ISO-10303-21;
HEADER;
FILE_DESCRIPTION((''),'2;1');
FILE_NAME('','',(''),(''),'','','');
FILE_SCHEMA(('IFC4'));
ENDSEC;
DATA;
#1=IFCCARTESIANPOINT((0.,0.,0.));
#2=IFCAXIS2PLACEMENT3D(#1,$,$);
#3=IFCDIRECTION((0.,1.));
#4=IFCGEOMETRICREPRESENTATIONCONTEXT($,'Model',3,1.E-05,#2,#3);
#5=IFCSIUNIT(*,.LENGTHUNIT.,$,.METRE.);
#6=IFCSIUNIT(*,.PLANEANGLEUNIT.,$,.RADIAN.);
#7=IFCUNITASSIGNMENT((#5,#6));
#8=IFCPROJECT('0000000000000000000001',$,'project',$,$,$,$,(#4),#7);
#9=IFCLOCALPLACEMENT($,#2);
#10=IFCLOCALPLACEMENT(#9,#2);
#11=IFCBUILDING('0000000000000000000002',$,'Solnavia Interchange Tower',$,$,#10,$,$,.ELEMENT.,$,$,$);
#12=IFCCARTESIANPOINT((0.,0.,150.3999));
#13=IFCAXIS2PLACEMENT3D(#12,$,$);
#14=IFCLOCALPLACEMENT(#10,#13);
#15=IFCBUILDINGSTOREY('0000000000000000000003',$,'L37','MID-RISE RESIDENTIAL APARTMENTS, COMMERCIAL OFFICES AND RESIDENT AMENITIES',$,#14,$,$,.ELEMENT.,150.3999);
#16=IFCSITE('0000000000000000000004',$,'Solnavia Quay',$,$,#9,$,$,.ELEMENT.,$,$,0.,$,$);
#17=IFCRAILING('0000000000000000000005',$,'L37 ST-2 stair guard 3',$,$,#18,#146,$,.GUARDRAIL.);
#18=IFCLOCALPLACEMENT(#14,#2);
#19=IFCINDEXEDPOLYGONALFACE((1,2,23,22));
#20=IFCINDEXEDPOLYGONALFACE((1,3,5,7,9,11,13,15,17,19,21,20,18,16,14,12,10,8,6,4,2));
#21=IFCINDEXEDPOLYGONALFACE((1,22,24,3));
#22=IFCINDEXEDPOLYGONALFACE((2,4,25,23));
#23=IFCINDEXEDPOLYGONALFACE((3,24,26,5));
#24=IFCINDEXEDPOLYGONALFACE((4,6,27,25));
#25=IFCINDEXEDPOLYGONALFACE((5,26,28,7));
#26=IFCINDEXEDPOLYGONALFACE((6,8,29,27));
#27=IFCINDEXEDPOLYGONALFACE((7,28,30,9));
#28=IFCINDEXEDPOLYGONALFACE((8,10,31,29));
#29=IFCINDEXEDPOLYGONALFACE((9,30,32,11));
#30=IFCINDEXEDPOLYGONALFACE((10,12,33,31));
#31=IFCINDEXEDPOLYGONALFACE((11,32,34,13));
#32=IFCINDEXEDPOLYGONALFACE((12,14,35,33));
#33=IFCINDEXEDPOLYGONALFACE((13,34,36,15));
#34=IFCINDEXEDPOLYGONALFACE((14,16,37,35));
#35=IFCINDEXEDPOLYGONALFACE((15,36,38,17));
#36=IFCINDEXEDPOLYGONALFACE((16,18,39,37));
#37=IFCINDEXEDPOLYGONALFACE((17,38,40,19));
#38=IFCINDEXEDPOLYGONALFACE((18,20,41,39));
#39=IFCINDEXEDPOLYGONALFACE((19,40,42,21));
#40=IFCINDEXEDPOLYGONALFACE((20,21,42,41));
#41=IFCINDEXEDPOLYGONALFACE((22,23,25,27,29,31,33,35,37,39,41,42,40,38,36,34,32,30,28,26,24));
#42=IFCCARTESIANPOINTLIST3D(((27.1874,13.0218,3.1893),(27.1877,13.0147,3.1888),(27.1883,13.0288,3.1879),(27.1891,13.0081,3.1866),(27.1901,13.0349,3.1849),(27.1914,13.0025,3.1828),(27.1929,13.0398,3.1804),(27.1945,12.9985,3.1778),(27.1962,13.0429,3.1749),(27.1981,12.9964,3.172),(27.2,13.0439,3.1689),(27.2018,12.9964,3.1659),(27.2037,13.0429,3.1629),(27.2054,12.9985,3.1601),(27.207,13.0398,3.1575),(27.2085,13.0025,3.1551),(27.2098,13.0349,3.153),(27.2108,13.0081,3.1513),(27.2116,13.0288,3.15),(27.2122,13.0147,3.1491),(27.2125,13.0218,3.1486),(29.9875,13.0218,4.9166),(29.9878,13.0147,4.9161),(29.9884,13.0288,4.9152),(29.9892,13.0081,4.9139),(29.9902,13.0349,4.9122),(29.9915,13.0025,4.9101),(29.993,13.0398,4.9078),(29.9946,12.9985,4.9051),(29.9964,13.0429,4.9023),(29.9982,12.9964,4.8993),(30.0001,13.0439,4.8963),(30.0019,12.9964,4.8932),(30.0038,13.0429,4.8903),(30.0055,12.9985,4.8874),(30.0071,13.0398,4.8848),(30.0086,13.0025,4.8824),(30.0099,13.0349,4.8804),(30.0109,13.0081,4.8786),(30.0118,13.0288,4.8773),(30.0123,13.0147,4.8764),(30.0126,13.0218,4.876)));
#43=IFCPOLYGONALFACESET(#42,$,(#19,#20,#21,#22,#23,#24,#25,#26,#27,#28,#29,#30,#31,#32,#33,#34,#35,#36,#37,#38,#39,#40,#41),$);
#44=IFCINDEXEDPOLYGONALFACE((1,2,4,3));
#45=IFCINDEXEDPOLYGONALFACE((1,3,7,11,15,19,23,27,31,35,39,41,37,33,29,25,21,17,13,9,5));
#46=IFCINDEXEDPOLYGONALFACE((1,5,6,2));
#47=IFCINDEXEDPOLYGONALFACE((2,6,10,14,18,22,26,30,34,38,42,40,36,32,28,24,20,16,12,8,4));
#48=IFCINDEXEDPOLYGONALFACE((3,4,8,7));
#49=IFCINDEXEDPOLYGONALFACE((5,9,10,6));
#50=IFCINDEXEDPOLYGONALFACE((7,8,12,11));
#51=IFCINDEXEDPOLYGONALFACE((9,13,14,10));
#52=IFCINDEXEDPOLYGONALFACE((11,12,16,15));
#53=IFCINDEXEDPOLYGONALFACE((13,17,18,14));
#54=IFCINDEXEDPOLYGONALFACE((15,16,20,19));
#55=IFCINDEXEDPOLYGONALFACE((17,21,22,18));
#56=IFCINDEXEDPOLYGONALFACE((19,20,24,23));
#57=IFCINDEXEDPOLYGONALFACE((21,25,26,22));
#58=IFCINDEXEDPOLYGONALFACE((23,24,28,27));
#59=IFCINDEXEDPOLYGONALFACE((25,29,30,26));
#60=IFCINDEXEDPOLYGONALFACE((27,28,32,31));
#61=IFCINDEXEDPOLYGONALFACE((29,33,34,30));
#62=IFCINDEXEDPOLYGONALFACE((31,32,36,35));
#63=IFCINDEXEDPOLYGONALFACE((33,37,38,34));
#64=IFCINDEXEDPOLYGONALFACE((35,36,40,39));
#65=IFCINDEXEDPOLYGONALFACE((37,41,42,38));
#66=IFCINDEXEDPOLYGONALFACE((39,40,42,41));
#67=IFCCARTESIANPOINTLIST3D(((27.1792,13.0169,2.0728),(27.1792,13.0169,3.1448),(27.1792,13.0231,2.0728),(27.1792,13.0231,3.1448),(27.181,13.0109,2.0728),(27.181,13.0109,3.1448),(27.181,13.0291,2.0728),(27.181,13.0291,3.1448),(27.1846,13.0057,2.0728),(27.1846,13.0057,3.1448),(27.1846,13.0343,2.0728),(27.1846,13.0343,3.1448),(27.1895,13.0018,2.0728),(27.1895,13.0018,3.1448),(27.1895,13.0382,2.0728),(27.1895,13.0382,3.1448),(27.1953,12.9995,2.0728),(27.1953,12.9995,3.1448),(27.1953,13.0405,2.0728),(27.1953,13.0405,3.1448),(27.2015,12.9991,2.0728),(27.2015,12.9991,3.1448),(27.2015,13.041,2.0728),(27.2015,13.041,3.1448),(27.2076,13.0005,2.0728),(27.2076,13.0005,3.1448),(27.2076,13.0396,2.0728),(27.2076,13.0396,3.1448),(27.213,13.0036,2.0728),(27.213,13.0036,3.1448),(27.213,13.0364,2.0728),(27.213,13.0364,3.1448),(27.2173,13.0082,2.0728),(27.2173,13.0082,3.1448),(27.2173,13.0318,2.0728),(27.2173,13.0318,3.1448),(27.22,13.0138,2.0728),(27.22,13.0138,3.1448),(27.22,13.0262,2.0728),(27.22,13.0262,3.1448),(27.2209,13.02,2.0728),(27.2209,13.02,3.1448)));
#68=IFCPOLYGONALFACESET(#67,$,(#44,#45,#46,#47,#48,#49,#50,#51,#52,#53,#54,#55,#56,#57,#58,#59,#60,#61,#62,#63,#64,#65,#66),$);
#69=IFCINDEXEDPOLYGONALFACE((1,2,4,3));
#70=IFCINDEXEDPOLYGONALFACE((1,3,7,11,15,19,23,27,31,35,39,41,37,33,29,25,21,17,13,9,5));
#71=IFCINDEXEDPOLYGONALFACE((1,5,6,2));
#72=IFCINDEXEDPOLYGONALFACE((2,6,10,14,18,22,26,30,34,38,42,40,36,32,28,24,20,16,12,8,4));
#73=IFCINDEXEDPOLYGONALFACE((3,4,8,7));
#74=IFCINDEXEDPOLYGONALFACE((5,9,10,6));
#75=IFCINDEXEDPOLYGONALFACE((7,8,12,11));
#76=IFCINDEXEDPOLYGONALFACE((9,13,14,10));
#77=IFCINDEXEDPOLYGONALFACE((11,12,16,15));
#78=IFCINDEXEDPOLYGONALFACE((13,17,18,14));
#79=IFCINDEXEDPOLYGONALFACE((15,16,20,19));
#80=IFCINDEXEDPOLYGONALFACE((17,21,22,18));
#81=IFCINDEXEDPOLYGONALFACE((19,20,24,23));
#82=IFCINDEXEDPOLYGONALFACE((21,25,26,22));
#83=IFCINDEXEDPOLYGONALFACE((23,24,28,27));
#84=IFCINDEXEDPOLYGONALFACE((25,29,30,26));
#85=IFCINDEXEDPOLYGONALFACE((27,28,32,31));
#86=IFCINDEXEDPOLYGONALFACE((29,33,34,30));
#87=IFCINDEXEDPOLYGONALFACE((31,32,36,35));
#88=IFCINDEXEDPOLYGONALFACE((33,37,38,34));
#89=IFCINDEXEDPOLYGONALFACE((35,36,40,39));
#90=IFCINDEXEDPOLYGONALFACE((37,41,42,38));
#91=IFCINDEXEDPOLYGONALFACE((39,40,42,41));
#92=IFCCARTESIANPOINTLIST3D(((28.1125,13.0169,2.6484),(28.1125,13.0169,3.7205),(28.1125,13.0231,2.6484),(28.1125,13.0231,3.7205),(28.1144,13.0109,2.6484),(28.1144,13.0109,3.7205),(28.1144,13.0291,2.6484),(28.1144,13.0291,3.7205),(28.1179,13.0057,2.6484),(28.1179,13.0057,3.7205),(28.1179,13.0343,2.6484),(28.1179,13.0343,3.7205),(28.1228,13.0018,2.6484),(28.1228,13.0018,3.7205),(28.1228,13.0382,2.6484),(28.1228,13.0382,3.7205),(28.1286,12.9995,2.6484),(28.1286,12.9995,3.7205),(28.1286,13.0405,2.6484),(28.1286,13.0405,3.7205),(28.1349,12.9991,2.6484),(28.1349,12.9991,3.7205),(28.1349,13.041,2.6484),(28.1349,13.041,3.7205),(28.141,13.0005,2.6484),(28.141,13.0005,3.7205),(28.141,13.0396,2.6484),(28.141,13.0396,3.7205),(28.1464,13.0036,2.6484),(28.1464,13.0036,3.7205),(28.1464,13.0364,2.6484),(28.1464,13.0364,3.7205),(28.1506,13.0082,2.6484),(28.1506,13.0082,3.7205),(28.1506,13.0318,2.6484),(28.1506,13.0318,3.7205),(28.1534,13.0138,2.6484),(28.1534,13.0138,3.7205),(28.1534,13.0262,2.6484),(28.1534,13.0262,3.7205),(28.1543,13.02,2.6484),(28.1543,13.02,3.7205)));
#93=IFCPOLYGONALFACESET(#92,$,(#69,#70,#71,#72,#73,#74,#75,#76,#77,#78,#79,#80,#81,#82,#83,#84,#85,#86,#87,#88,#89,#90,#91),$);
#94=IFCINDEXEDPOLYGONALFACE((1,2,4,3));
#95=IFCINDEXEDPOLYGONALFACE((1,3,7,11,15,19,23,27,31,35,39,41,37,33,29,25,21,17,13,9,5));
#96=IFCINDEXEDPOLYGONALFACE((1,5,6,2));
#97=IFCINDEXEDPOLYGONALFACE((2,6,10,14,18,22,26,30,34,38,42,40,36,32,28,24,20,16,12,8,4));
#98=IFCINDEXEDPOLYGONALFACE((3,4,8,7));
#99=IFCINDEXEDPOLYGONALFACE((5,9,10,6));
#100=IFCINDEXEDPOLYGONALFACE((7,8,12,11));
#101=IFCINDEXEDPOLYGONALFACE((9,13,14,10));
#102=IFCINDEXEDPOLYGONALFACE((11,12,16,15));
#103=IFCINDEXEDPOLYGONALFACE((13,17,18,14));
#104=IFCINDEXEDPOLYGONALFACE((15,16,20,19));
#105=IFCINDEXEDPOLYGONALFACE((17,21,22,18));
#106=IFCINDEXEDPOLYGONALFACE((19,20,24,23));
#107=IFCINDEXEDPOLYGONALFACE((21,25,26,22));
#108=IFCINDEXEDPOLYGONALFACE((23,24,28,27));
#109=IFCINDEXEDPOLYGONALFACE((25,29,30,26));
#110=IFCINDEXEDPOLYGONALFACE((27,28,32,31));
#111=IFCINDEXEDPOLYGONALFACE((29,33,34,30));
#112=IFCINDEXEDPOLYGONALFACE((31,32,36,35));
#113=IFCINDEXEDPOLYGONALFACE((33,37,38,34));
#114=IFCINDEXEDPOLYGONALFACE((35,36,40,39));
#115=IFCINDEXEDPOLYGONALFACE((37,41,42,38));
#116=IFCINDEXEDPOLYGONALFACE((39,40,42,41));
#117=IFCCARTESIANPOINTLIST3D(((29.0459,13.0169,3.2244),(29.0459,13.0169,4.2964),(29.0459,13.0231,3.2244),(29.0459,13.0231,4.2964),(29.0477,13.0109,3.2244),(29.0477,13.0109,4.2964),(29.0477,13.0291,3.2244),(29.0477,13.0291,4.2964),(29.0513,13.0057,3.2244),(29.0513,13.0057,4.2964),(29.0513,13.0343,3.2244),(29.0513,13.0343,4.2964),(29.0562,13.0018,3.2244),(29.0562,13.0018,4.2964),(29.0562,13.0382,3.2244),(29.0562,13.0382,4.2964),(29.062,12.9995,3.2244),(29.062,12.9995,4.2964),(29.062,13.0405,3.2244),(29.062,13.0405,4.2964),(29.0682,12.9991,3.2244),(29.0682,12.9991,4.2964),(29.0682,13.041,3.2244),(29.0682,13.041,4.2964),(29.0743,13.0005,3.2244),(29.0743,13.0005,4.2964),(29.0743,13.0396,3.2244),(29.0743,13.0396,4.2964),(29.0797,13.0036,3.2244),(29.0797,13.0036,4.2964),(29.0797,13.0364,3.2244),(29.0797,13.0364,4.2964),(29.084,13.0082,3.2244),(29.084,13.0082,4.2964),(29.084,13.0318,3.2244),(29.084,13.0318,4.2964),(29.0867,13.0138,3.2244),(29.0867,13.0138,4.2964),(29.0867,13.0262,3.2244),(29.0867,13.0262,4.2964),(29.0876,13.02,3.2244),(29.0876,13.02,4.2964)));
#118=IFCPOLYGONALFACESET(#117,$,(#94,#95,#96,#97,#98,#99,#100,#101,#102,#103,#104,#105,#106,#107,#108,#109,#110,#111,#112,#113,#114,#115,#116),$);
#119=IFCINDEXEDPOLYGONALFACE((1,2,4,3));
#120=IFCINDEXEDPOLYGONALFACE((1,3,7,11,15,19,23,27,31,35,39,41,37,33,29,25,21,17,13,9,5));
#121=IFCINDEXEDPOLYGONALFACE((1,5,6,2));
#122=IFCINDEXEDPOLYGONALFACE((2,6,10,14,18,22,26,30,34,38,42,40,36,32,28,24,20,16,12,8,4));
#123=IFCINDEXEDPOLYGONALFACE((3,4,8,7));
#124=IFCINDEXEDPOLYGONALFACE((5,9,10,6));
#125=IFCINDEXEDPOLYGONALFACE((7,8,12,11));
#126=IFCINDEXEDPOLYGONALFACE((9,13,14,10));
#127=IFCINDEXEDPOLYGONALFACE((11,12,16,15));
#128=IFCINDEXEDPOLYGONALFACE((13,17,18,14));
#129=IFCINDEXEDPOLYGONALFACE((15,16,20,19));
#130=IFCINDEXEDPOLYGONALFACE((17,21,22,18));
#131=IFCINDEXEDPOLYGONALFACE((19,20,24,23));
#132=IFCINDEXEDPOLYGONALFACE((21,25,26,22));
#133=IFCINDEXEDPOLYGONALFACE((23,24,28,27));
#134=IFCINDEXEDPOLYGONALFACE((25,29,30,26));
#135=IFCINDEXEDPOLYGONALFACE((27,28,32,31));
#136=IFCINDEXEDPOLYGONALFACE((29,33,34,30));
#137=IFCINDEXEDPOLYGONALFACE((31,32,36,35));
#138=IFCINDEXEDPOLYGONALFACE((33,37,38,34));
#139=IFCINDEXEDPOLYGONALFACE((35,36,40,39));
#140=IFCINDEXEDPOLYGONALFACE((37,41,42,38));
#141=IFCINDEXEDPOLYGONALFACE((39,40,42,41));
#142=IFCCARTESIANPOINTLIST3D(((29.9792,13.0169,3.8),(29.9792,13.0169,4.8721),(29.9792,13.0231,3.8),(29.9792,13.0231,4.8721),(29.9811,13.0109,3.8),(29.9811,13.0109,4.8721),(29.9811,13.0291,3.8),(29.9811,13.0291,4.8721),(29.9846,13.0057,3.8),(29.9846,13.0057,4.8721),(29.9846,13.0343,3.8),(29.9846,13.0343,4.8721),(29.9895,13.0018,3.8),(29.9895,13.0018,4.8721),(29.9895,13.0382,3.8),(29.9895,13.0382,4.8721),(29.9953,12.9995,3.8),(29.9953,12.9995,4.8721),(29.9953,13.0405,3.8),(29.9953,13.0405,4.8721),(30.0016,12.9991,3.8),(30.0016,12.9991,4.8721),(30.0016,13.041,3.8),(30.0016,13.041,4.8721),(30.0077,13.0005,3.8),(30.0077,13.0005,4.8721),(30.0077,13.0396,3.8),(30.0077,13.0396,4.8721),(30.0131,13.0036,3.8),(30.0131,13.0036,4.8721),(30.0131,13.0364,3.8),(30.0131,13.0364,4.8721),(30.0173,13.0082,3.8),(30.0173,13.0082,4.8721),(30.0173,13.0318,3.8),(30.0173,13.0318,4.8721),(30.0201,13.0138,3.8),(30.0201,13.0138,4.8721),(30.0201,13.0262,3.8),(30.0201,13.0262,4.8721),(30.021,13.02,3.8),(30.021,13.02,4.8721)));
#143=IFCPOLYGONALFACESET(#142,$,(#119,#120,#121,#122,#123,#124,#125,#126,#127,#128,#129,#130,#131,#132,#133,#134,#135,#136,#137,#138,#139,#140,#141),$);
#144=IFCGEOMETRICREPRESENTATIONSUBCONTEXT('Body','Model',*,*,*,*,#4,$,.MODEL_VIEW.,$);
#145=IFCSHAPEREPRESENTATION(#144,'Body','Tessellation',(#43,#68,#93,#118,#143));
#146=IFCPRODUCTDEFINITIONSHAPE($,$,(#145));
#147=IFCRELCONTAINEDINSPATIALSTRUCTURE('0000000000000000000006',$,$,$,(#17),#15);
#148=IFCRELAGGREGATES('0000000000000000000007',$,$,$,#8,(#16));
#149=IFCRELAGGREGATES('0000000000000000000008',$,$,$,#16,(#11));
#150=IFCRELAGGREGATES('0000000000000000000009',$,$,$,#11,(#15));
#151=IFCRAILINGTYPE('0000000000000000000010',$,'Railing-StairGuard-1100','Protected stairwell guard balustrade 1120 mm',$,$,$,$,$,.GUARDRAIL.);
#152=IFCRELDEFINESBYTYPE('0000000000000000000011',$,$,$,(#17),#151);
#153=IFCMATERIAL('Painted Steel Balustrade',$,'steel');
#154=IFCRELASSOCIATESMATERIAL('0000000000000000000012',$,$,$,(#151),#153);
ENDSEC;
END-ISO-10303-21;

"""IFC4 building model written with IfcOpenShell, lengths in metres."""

from ifc_helpers import new_model, si_unit, direction, frame, origin, origin_2d, place, context, subcontext, project, spatial, circle, extrude, material, type_object, element, save


model = new_model("IFC4")

# Units and contexts
model_context = context("Model", 3, precision=1e-05, world=origin(), true_north=direction((0.0, 1.0)))
body_context = subcontext(model_context, "Body", "Model", "MODEL_VIEW")
ifc_project = project(units=[si_unit("LENGTHUNIT", "METRE"), si_unit("PLANEANGLEUNIT", "RADIAN")], contexts=[model_context])

# Site, building, storey
site_placement = place(None, origin())
site = spatial("IfcSite", under=ifc_project, at=site_placement, Name="Solnavia Quay", CompositionType="ELEMENT", RefElevation=0.0)
building_placement = place(site_placement, origin())
building = spatial("IfcBuilding", under=site, at=building_placement, Name="Solnavia Interchange Tower", CompositionType="ELEMENT")
storey_placement = place(building_placement, frame((0.0, 0.0, 150.3999)))
storey = spatial("IfcBuildingStorey", under=building, at=storey_placement, Name="L37", Description="MID-RISE RESIDENTIAL APARTMENTS, COMMERCIAL OFFICES AND RESIDENT AMENITIES", CompositionType="ELEMENT", Elevation=150.3999)

# Railing
ifc_material_1 = material(Name="Painted Steel Balustrade", Category="steel")
railing_type_1 = type_object("IfcRailingType", Name="Railing-StairGuard-1100", Description="Protected stairwell guard balustrade 1120 mm", PredefinedType="GUARDRAIL", material=ifc_material_1)
railing_1_placement = place(storey_placement, frame((27.2, 13.02, 2.0728)))
element("IfcRailing", 1, at=railing_1_placement, inside=storey, type_object=railing_type_1, Name="L37 ST-2 stair guard 3", PredefinedType="GUARDRAIL", context=body_context, shape_type="SweptSolid", body=[
    extrude(circle(Radius=0.0239, at=origin_2d()), frame((0.0, 0.0, 1.0962), z_axis=(0.85109, 0.0, 0.52502), x_axis=(0.0, 1.0, 0.0)), (0.0, 0.0, 1.0), 3.29),
    extrude(circle(Radius=0.021, at=origin_2d()), origin(), (0.0, 0.0, 1.0), 1.072),
    extrude(circle(Radius=0.021, at=origin_2d()), frame((0.9333, 0.0, 0.5757)), (0.0, 0.0, 1.0), 1.072),
    extrude(circle(Radius=0.021, at=origin_2d()), frame((1.8667, 0.0, 1.1516)), (0.0, 0.0, 1.0), 1.072),
    extrude(circle(Radius=0.021, at=origin_2d()), frame((2.8, 0.0, 1.7273)), (0.0, 0.0, 1.0), 1.072),
])

save(model, "model.ifc")
